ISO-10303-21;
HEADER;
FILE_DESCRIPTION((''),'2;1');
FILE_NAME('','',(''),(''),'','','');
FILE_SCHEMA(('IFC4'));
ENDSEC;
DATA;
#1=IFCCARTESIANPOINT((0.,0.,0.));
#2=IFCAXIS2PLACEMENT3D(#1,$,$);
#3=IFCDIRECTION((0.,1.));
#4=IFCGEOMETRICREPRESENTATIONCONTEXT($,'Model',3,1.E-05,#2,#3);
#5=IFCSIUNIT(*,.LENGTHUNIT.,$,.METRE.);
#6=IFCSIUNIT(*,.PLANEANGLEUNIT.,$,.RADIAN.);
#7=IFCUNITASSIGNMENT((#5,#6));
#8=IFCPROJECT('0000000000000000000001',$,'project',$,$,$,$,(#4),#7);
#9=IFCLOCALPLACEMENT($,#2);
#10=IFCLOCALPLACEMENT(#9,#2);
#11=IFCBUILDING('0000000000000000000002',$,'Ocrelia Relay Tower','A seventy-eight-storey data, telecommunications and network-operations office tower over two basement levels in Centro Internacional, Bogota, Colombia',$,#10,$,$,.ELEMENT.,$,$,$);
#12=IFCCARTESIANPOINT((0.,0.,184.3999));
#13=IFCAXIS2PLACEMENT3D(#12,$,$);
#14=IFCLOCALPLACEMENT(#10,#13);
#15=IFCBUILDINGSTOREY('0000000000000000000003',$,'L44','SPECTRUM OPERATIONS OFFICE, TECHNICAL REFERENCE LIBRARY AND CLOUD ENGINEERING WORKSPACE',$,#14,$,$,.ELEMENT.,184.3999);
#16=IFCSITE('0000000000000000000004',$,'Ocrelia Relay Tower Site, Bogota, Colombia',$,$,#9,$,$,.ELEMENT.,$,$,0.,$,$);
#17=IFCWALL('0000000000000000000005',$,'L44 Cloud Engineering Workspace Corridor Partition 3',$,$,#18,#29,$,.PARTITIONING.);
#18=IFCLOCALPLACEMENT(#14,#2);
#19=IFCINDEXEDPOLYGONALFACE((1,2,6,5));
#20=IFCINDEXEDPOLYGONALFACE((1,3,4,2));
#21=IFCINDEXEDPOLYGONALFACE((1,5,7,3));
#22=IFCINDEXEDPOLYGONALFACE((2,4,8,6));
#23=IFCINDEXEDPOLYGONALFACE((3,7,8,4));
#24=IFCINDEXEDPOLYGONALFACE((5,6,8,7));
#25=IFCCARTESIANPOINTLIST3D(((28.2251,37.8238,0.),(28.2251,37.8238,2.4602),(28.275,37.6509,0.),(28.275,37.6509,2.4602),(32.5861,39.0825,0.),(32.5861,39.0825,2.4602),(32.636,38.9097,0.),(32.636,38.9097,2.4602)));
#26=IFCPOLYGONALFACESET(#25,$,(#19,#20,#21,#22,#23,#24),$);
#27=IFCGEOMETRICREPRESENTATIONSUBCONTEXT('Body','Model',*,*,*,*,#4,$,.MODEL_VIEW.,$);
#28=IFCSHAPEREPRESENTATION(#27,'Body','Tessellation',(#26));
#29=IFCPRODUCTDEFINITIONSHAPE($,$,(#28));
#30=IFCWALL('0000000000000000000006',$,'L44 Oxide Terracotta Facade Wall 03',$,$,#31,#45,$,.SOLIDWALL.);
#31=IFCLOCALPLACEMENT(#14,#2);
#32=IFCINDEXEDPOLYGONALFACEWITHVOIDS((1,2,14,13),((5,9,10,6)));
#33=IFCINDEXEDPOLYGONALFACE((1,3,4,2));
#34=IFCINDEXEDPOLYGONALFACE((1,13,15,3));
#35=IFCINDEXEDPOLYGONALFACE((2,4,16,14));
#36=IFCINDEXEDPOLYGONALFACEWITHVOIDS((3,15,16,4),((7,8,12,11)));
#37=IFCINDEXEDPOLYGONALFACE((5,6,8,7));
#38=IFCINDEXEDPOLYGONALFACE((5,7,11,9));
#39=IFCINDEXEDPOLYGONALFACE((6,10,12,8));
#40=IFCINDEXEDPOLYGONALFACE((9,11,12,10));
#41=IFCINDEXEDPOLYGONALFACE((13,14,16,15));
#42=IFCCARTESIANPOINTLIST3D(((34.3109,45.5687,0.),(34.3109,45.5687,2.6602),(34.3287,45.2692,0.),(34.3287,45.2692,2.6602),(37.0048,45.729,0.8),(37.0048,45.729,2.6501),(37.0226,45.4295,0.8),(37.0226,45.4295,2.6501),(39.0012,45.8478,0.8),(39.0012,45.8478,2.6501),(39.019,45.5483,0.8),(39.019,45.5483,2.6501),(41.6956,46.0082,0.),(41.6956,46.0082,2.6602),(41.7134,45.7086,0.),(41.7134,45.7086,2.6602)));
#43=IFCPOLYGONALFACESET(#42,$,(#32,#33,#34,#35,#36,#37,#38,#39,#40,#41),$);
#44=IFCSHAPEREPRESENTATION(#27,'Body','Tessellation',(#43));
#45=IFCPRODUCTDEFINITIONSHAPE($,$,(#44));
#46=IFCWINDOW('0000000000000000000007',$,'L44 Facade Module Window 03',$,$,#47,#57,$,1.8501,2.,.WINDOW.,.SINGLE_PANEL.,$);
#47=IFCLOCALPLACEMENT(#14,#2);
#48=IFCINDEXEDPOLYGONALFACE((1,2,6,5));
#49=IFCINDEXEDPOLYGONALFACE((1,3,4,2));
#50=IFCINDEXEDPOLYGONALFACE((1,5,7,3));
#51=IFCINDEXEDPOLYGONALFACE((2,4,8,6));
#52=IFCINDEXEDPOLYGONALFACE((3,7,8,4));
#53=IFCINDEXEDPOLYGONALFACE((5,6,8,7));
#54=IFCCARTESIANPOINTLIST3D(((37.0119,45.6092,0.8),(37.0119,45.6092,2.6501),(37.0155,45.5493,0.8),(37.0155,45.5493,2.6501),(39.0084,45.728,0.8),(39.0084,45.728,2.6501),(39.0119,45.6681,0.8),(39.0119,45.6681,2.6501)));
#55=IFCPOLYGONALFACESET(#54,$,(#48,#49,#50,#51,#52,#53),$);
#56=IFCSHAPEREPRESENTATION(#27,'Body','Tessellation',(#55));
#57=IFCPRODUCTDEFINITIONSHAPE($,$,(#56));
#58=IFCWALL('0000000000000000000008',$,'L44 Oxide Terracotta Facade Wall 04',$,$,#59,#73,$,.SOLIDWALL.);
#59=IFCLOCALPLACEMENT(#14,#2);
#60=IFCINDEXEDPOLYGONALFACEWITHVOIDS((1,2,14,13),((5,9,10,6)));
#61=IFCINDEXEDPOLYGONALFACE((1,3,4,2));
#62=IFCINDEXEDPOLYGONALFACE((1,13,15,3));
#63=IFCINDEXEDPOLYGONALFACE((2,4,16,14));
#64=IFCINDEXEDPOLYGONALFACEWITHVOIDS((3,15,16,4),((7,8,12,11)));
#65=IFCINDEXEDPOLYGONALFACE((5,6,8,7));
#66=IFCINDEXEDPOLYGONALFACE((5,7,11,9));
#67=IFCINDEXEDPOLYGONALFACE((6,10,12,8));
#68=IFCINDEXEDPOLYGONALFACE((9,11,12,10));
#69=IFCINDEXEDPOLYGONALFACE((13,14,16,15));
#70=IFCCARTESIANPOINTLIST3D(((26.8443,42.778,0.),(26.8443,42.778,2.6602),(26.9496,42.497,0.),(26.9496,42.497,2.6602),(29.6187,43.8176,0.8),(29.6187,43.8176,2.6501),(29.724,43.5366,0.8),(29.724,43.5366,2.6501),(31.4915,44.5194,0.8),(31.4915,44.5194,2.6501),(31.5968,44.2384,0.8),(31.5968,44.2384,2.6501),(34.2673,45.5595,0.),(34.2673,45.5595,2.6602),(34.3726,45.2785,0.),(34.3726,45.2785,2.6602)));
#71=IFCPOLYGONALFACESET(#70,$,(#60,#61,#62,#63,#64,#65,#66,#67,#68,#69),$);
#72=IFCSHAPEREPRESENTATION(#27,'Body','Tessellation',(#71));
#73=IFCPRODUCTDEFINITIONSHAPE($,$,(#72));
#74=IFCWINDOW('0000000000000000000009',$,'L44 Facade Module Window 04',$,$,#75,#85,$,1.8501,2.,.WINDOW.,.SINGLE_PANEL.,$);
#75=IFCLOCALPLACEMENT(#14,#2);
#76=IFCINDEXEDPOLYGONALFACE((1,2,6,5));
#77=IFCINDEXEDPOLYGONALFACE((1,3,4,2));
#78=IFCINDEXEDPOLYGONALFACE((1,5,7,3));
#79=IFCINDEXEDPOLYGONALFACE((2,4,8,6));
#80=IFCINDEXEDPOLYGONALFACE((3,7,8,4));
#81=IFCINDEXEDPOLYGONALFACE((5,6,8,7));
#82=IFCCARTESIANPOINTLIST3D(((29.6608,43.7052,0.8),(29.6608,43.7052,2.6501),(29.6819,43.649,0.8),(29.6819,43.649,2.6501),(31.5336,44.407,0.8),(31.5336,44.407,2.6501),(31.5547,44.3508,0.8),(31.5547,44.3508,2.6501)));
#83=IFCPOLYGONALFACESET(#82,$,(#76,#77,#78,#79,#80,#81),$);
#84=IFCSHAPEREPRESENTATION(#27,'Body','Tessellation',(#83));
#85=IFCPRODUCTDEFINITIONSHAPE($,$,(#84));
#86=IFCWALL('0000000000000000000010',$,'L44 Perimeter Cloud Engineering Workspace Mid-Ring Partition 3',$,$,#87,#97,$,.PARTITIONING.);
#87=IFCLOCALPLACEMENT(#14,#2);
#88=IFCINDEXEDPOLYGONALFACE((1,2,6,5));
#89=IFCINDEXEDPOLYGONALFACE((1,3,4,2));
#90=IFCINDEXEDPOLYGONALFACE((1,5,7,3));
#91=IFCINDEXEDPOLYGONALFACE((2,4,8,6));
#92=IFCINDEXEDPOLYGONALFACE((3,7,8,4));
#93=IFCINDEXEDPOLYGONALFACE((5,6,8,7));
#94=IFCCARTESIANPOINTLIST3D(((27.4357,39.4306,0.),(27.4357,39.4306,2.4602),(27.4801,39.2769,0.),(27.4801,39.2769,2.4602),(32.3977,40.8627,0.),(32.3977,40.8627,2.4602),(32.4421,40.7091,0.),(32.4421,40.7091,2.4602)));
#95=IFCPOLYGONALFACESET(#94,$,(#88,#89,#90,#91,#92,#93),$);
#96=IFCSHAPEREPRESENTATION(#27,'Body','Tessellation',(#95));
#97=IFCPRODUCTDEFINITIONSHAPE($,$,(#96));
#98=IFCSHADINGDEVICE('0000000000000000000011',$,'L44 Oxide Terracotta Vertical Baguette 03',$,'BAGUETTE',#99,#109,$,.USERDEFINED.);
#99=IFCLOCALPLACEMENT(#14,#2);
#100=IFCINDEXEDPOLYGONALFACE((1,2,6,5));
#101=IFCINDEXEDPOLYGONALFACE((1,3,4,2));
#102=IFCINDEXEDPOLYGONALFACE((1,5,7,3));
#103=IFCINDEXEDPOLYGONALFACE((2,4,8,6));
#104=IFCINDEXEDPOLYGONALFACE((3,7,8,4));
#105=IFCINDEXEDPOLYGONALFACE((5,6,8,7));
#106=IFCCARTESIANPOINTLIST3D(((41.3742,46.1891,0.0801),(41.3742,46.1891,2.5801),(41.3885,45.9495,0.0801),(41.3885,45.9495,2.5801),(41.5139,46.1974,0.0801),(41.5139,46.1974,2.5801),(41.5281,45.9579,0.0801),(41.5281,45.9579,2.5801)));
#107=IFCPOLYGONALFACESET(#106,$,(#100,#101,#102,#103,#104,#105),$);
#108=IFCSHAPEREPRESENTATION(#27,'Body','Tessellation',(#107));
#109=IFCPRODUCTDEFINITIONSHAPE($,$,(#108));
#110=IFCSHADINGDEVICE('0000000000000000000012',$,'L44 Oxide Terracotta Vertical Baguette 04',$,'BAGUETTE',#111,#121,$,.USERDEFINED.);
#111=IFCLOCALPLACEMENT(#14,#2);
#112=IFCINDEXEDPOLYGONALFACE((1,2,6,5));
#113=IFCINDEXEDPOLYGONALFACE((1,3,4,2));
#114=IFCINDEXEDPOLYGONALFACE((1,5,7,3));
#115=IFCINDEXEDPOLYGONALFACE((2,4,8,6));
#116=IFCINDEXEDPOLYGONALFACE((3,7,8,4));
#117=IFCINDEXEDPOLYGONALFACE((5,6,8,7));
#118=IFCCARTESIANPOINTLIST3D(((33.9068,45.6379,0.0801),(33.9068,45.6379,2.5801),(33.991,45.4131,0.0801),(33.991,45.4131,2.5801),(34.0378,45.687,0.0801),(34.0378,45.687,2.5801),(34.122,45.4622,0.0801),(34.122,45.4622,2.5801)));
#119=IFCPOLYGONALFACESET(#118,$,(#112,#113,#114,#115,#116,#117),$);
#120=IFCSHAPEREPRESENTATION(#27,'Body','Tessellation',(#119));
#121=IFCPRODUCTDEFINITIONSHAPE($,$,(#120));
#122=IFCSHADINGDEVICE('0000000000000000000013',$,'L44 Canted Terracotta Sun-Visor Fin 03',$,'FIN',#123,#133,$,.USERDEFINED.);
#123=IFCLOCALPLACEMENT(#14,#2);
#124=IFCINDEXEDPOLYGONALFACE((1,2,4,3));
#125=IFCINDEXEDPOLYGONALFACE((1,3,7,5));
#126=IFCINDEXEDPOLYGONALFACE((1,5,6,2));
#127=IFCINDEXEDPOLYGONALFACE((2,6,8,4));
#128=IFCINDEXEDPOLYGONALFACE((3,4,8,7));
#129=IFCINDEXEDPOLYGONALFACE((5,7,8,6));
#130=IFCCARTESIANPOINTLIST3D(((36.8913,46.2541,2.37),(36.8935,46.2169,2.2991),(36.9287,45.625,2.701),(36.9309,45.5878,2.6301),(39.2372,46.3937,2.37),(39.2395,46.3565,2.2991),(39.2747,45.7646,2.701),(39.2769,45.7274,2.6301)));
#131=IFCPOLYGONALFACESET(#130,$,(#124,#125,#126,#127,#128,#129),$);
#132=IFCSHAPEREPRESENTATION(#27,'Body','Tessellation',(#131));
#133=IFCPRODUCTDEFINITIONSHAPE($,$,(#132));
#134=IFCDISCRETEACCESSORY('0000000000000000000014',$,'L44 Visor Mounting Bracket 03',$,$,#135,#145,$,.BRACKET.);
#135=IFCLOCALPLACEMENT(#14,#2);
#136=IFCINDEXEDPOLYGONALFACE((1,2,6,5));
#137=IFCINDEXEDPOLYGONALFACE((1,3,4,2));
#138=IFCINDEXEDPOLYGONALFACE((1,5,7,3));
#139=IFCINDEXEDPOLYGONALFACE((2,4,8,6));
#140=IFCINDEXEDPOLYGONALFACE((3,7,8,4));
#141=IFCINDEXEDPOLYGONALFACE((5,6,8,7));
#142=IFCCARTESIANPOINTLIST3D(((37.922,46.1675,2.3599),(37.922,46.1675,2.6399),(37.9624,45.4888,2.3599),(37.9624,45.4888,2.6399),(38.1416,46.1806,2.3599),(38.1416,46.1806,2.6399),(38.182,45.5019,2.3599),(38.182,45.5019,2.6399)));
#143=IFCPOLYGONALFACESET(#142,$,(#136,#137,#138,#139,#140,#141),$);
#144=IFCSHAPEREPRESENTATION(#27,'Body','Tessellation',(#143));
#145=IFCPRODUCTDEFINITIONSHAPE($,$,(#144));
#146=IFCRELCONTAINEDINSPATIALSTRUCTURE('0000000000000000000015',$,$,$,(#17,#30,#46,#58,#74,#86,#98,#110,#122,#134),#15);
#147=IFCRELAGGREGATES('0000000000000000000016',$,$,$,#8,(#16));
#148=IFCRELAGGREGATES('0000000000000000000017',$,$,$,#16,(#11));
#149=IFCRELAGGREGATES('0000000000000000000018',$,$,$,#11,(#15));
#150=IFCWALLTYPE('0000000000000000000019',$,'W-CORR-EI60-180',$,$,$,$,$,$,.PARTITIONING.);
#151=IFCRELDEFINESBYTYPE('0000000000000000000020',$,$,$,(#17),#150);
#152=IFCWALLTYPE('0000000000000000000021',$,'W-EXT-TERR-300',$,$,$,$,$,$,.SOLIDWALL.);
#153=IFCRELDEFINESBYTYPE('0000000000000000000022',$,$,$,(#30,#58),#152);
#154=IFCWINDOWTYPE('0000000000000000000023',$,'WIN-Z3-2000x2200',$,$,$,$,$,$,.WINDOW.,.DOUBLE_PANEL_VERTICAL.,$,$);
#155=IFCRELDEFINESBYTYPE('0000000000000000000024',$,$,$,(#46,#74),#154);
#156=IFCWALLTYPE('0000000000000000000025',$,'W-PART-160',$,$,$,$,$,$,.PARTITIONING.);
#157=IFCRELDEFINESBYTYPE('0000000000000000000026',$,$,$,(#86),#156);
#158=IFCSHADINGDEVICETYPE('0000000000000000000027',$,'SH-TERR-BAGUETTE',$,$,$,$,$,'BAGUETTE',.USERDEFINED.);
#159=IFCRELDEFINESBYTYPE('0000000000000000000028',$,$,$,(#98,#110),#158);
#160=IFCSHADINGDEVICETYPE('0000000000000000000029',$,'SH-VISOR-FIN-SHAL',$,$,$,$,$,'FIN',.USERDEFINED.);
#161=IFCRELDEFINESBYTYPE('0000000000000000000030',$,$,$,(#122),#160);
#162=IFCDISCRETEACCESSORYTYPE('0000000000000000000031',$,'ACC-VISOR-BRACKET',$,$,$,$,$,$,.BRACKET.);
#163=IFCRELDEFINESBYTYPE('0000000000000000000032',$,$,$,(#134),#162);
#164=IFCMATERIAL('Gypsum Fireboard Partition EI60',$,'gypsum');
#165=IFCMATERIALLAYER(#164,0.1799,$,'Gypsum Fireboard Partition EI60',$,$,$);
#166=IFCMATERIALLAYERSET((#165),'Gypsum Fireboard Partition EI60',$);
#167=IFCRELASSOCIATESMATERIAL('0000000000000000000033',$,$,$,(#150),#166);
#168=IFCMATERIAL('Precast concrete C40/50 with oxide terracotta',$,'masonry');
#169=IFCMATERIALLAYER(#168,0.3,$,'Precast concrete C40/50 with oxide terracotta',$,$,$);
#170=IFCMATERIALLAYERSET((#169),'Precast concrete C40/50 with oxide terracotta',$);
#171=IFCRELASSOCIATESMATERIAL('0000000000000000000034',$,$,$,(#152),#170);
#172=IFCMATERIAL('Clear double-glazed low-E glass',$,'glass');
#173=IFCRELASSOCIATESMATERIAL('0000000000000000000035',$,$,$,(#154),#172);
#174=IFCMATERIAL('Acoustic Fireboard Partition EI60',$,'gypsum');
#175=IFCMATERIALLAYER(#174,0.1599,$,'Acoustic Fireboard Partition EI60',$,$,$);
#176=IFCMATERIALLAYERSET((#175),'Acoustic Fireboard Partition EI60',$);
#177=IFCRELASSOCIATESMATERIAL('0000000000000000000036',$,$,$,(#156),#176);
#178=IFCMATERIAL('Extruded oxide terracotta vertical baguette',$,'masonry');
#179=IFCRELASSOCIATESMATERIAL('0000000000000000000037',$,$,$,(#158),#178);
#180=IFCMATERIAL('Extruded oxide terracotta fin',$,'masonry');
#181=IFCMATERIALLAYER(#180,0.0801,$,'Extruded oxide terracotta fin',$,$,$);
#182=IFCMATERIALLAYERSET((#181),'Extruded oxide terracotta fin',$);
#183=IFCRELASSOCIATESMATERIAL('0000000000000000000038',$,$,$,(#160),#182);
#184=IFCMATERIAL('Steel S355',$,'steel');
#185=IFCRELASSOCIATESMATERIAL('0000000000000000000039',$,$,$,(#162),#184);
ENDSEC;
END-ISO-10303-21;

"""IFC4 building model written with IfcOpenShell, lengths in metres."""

from ifc_helpers import new_model, si_unit, direction, frame, frame_2d, origin, origin_2d, place, context, subcontext, project, spatial, rectangle, extrude, material, layer, layer_set, type_object, element, fill, save


model = new_model("IFC4")

# Units and contexts
model_context = context("Model", 3, precision=1e-05, world=origin(), true_north=direction((0.0, 1.0)))
body_context = subcontext(model_context, "Body", "Model", "MODEL_VIEW")
ifc_project = project(units=[si_unit("LENGTHUNIT", "METRE"), si_unit("PLANEANGLEUNIT", "RADIAN")], contexts=[model_context])

# Site, building, storey
site_placement = place(None, origin())
site = spatial("IfcSite", under=ifc_project, at=site_placement, Name="Ocrelia Relay Tower Site, Bogota, Colombia", CompositionType="ELEMENT", RefElevation=0.0)
building_placement = place(site_placement, origin())
building = spatial("IfcBuilding", under=site, at=building_placement, Name="Ocrelia Relay Tower", Description="A seventy-eight-storey data, telecommunications and network-operations office tower over two basement levels in Centro Internacional, Bogota, Colombia", CompositionType="ELEMENT")
storey_placement = place(building_placement, frame((0.0, 0.0, 184.3999)))
storey = spatial("IfcBuildingStorey", under=building, at=storey_placement, Name="L44", Description="SPECTRUM OPERATIONS OFFICE, TECHNICAL REFERENCE LIBRARY AND CLOUD ENGINEERING WORKSPACE", CompositionType="ELEMENT", Elevation=184.3999)

# Shared definitions
ifc_material_1 = material(Name="Steel S355", Category="steel")

# Shared definitions
ifc_material_2 = material(Name="Gypsum Fireboard Partition EI60", Category="gypsum")
ifc_layer_1 = layer(ifc_material_2, 0.1799, Name="Gypsum Fireboard Partition EI60")
ifc_layer_set_1 = layer_set([ifc_layer_1], Name="Gypsum Fireboard Partition EI60")
wall_type_1 = type_object("IfcWallType", Name="W-CORR-EI60-180", PredefinedType="PARTITIONING", material=ifc_layer_set_1)

# Wall
wall_1_placement = place(storey_placement, frame((32.6111, 38.9961, 0.0), z_axis=(0.0, 0.0, 1.0), x_axis=(-0.960778, -0.27732, 0.0)))
element("IfcWall", 1, at=wall_1_placement, inside=storey, type_object=wall_type_1, Name="L44 Cloud Engineering Workspace Corridor Partition 3", PredefinedType="PARTITIONING", context=body_context, shape_type="SweptSolid", body=[
    extrude(rectangle(XDim=4.5391, YDim=0.1799, at=frame_2d((2.2695, 0.0))), origin(), (0.0, 0.0, 1.0), 2.4602),
])

# Walls, openings, windows
ifc_material_3 = material(Name="Precast concrete C40/50 with oxide terracotta", Category="masonry")
ifc_layer_2 = layer(ifc_material_3, 0.3, Name="Precast concrete C40/50 with oxide terracotta")
ifc_layer_set_2 = layer_set([ifc_layer_2], Name="Precast concrete C40/50 with oxide terracotta")
wall_type_2 = type_object("IfcWallType", Name="W-EXT-TERR-300", PredefinedType="SOLIDWALL", material=ifc_layer_set_2)
wall_2_placement = place(storey_placement, frame((41.7043, 45.8584, 0.0), z_axis=(0.0, 0.0, 1.0), x_axis=(-0.998234, -0.059405, 0.0)))
wall_2 = element("IfcWall", 2, at=wall_2_placement, inside=storey, type_object=wall_type_2, Name="L44 Oxide Terracotta Facade Wall 03", PredefinedType="SOLIDWALL", context=body_context, shape_type="SweptSolid", body=[
    extrude(rectangle(XDim=7.3977, YDim=0.3, at=frame_2d((3.6987, 0.0))), origin(), (0.0, 0.0, 1.0), 2.6602),
])
opening_1_placement = place(wall_2_placement, frame((2.699, 0.0, 0.8)))
opening_1 = element("IfcOpeningElement", 3, at=opening_1_placement, cuts=wall_2, PredefinedType="OPENING", context=body_context, shape_type="SweptSolid", body=[
    extrude(rectangle(XDim=2.0, YDim=1.8501, at=frame_2d((1.0, 0.925))), frame((0.0, 0.1602, 0.0), z_axis=(0.0, -1.0, 0.0), x_axis=(1.0, 0.0, 0.0)), (0.0, 0.0, 1.0), 0.3201),
])
ifc_material_4 = material(Name="Clear double-glazed low-E glass", Category="glass")
window_type = type_object("IfcWindowType", Name="WIN-Z3-2000x2200", PartitioningType="DOUBLE_PANEL_VERTICAL", PredefinedType="WINDOW", material=ifc_material_4)
window_1_placement = place(opening_1_placement, origin())
window_1 = element("IfcWindow", 4, at=window_1_placement, inside=storey, type_object=window_type, Name="L44 Facade Module Window 03", OverallHeight=1.8501, OverallWidth=2.0, PartitioningType="SINGLE_PANEL", PredefinedType="WINDOW", context=body_context, shape_type="SweptSolid", body=[
    extrude(rectangle(XDim=2.0, YDim=1.8501, at=frame_2d((1.0, 0.925))), frame((0.0, 0.03, 0.0), z_axis=(0.0, -1.0, 0.0), x_axis=(1.0, 0.0, 0.0)), (0.0, 0.0, 1.0), 0.0601),
])
fill(opening_1, window_1)
wall_3_placement = place(storey_placement, frame((34.3198, 45.4189, 0.0), z_axis=(0.0, 0.0, 1.0), x_axis=(-0.936419, -0.350884, 0.0)))
wall_3 = element("IfcWall", 5, at=wall_3_placement, inside=storey, type_object=wall_type_2, Name="L44 Oxide Terracotta Facade Wall 04", PredefinedType="SOLIDWALL", context=body_context, shape_type="SweptSolid", body=[
    extrude(rectangle(XDim=7.927, YDim=0.3, at=frame_2d((3.9634, 0.0))), origin(), (0.0, 0.0, 1.0), 2.6602),
])
opening_2_placement = place(wall_3_placement, frame((2.9641, 0.0, 0.8)))
opening_2 = element("IfcOpeningElement", 6, at=opening_2_placement, cuts=wall_3, PredefinedType="OPENING", context=body_context, shape_type="SweptSolid", body=[
    extrude(rectangle(XDim=2.0, YDim=1.8501, at=frame_2d((1.0, 0.925))), frame((0.0, 0.1602, 0.0), z_axis=(0.0, -1.0, 0.0), x_axis=(1.0, 0.0, 0.0)), (0.0, 0.0, 1.0), 0.3201),
])
window_2_placement = place(opening_2_placement, origin())
window_2 = element("IfcWindow", 7, at=window_2_placement, inside=storey, type_object=window_type, Name="L44 Facade Module Window 04", OverallHeight=1.8501, OverallWidth=2.0, PartitioningType="SINGLE_PANEL", PredefinedType="WINDOW", context=body_context, shape_type="SweptSolid", body=[
    extrude(rectangle(XDim=2.0, YDim=1.8501, at=frame_2d((1.0, 0.925))), frame((0.0, 0.03, 0.0), z_axis=(0.0, -1.0, 0.0), x_axis=(1.0, 0.0, 0.0)), (0.0, 0.0, 1.0), 0.0601),
])
fill(opening_2, window_2)

# Shared definitions
ifc_material_5 = material(Name="Acoustic Fireboard Partition EI60", Category="gypsum")
ifc_layer_3 = layer(ifc_material_5, 0.1599, Name="Acoustic Fireboard Partition EI60")
ifc_layer_set_3 = layer_set([ifc_layer_3], Name="Acoustic Fireboard Partition EI60")
wall_type_3 = type_object("IfcWallType", Name="W-PART-160", PredefinedType="PARTITIONING", material=ifc_layer_set_3)

# Wall
wall_4_placement = place(storey_placement, frame((32.4199, 40.7859, 0.0), z_axis=(0.0, 0.0, 1.0), x_axis=(-0.960782, -0.277305, 0.0)))
element("IfcWall", 8, at=wall_4_placement, inside=storey, type_object=wall_type_3, Name="L44 Perimeter Cloud Engineering Workspace Mid-Ring Partition 3", PredefinedType="PARTITIONING", context=body_context, shape_type="SweptSolid", body=[
    extrude(rectangle(XDim=5.1646, YDim=0.1599, at=frame_2d((2.5823, 0.0))), origin(), (0.0, 0.0, 1.0), 2.4602),
])

# Shading devices
ifc_material_6 = material(Name="Extruded oxide terracotta vertical baguette", Category="masonry")
shading_device_type_1 = type_object("IfcShadingDeviceType", Name="SH-TERR-BAGUETTE", ElementType="BAGUETTE", PredefinedType="USERDEFINED", material=ifc_material_6)
for number, where, z_axis, x_axis, name in (
    (9, (41.4512, 46.0735, 0.0801), (0.0, 0.0, 1.0), (-0.998234, -0.059398, 0.0), "L44 Oxide Terracotta Vertical Baguette 03"),
    (10, (34.0144, 45.55, 0.0801), (0.0, 0.0, 1.0), (-0.936417, -0.350888, 0.0), "L44 Oxide Terracotta Vertical Baguette 04"),
):
    element("IfcShadingDevice", number, at=place(storey_placement, frame(where, z_axis=z_axis, x_axis=x_axis)), inside=storey, type_object=shading_device_type_1, Name=name, ObjectType="BAGUETTE", PredefinedType="USERDEFINED", context=body_context, shape_type="SweptSolid", body=[
        extrude(rectangle(XDim=0.1399, YDim=0.24, at=origin_2d()), origin(), (0.0, 0.0, 1.0), 2.5),
    ])
ifc_material_7 = material(Name="Extruded oxide terracotta fin", Category="masonry")
ifc_layer_4 = layer(ifc_material_7, 0.0801, Name="Extruded oxide terracotta fin")
ifc_layer_set_4 = layer_set([ifc_layer_4], Name="Extruded oxide terracotta fin")
shading_device_type_2 = type_object("IfcShadingDeviceType", Name="SH-VISOR-FIN-SHAL", ElementType="FIN", PredefinedType="USERDEFINED", material=ifc_layer_set_4)
shading_device_placement = place(storey_placement, frame((38.0852, 45.9722, 2.4646), z_axis=(-0.02762, 0.464176, 0.885312), x_axis=(-0.998234, -0.059398, 0.0)))
element("IfcShadingDevice", 11, at=shading_device_placement, inside=storey, type_object=shading_device_type_2, Name="L44 Canted Terracotta Sun-Visor Fin 03", ObjectType="FIN", PredefinedType="USERDEFINED", context=body_context, shape_type="SweptSolid", body=[
    extrude(rectangle(XDim=2.3501, YDim=0.7119, at=origin_2d()), origin(), (0.0, 0.0, 1.0), 0.0801),
])

# Discrete accessory
discrete_accessory_type = type_object("IfcDiscreteAccessoryType", Name="ACC-VISOR-BRACKET", PredefinedType="BRACKET", material=ifc_material_1)
discrete_accessory_placement = place(storey_placement, frame((38.052, 45.8347, 2.3599), z_axis=(0.0, 0.0, 1.0), x_axis=(-0.998234, -0.059398, 0.0)))
element("IfcDiscreteAccessory", 12, at=discrete_accessory_placement, inside=storey, type_object=discrete_accessory_type, Name="L44 Visor Mounting Bracket 03", PredefinedType="BRACKET", context=body_context, shape_type="SweptSolid", body=[
    extrude(rectangle(XDim=0.22, YDim=0.6799, at=origin_2d()), origin(), (0.0, 0.0, 1.0), 0.28),
])

save(model, "model.ifc")
